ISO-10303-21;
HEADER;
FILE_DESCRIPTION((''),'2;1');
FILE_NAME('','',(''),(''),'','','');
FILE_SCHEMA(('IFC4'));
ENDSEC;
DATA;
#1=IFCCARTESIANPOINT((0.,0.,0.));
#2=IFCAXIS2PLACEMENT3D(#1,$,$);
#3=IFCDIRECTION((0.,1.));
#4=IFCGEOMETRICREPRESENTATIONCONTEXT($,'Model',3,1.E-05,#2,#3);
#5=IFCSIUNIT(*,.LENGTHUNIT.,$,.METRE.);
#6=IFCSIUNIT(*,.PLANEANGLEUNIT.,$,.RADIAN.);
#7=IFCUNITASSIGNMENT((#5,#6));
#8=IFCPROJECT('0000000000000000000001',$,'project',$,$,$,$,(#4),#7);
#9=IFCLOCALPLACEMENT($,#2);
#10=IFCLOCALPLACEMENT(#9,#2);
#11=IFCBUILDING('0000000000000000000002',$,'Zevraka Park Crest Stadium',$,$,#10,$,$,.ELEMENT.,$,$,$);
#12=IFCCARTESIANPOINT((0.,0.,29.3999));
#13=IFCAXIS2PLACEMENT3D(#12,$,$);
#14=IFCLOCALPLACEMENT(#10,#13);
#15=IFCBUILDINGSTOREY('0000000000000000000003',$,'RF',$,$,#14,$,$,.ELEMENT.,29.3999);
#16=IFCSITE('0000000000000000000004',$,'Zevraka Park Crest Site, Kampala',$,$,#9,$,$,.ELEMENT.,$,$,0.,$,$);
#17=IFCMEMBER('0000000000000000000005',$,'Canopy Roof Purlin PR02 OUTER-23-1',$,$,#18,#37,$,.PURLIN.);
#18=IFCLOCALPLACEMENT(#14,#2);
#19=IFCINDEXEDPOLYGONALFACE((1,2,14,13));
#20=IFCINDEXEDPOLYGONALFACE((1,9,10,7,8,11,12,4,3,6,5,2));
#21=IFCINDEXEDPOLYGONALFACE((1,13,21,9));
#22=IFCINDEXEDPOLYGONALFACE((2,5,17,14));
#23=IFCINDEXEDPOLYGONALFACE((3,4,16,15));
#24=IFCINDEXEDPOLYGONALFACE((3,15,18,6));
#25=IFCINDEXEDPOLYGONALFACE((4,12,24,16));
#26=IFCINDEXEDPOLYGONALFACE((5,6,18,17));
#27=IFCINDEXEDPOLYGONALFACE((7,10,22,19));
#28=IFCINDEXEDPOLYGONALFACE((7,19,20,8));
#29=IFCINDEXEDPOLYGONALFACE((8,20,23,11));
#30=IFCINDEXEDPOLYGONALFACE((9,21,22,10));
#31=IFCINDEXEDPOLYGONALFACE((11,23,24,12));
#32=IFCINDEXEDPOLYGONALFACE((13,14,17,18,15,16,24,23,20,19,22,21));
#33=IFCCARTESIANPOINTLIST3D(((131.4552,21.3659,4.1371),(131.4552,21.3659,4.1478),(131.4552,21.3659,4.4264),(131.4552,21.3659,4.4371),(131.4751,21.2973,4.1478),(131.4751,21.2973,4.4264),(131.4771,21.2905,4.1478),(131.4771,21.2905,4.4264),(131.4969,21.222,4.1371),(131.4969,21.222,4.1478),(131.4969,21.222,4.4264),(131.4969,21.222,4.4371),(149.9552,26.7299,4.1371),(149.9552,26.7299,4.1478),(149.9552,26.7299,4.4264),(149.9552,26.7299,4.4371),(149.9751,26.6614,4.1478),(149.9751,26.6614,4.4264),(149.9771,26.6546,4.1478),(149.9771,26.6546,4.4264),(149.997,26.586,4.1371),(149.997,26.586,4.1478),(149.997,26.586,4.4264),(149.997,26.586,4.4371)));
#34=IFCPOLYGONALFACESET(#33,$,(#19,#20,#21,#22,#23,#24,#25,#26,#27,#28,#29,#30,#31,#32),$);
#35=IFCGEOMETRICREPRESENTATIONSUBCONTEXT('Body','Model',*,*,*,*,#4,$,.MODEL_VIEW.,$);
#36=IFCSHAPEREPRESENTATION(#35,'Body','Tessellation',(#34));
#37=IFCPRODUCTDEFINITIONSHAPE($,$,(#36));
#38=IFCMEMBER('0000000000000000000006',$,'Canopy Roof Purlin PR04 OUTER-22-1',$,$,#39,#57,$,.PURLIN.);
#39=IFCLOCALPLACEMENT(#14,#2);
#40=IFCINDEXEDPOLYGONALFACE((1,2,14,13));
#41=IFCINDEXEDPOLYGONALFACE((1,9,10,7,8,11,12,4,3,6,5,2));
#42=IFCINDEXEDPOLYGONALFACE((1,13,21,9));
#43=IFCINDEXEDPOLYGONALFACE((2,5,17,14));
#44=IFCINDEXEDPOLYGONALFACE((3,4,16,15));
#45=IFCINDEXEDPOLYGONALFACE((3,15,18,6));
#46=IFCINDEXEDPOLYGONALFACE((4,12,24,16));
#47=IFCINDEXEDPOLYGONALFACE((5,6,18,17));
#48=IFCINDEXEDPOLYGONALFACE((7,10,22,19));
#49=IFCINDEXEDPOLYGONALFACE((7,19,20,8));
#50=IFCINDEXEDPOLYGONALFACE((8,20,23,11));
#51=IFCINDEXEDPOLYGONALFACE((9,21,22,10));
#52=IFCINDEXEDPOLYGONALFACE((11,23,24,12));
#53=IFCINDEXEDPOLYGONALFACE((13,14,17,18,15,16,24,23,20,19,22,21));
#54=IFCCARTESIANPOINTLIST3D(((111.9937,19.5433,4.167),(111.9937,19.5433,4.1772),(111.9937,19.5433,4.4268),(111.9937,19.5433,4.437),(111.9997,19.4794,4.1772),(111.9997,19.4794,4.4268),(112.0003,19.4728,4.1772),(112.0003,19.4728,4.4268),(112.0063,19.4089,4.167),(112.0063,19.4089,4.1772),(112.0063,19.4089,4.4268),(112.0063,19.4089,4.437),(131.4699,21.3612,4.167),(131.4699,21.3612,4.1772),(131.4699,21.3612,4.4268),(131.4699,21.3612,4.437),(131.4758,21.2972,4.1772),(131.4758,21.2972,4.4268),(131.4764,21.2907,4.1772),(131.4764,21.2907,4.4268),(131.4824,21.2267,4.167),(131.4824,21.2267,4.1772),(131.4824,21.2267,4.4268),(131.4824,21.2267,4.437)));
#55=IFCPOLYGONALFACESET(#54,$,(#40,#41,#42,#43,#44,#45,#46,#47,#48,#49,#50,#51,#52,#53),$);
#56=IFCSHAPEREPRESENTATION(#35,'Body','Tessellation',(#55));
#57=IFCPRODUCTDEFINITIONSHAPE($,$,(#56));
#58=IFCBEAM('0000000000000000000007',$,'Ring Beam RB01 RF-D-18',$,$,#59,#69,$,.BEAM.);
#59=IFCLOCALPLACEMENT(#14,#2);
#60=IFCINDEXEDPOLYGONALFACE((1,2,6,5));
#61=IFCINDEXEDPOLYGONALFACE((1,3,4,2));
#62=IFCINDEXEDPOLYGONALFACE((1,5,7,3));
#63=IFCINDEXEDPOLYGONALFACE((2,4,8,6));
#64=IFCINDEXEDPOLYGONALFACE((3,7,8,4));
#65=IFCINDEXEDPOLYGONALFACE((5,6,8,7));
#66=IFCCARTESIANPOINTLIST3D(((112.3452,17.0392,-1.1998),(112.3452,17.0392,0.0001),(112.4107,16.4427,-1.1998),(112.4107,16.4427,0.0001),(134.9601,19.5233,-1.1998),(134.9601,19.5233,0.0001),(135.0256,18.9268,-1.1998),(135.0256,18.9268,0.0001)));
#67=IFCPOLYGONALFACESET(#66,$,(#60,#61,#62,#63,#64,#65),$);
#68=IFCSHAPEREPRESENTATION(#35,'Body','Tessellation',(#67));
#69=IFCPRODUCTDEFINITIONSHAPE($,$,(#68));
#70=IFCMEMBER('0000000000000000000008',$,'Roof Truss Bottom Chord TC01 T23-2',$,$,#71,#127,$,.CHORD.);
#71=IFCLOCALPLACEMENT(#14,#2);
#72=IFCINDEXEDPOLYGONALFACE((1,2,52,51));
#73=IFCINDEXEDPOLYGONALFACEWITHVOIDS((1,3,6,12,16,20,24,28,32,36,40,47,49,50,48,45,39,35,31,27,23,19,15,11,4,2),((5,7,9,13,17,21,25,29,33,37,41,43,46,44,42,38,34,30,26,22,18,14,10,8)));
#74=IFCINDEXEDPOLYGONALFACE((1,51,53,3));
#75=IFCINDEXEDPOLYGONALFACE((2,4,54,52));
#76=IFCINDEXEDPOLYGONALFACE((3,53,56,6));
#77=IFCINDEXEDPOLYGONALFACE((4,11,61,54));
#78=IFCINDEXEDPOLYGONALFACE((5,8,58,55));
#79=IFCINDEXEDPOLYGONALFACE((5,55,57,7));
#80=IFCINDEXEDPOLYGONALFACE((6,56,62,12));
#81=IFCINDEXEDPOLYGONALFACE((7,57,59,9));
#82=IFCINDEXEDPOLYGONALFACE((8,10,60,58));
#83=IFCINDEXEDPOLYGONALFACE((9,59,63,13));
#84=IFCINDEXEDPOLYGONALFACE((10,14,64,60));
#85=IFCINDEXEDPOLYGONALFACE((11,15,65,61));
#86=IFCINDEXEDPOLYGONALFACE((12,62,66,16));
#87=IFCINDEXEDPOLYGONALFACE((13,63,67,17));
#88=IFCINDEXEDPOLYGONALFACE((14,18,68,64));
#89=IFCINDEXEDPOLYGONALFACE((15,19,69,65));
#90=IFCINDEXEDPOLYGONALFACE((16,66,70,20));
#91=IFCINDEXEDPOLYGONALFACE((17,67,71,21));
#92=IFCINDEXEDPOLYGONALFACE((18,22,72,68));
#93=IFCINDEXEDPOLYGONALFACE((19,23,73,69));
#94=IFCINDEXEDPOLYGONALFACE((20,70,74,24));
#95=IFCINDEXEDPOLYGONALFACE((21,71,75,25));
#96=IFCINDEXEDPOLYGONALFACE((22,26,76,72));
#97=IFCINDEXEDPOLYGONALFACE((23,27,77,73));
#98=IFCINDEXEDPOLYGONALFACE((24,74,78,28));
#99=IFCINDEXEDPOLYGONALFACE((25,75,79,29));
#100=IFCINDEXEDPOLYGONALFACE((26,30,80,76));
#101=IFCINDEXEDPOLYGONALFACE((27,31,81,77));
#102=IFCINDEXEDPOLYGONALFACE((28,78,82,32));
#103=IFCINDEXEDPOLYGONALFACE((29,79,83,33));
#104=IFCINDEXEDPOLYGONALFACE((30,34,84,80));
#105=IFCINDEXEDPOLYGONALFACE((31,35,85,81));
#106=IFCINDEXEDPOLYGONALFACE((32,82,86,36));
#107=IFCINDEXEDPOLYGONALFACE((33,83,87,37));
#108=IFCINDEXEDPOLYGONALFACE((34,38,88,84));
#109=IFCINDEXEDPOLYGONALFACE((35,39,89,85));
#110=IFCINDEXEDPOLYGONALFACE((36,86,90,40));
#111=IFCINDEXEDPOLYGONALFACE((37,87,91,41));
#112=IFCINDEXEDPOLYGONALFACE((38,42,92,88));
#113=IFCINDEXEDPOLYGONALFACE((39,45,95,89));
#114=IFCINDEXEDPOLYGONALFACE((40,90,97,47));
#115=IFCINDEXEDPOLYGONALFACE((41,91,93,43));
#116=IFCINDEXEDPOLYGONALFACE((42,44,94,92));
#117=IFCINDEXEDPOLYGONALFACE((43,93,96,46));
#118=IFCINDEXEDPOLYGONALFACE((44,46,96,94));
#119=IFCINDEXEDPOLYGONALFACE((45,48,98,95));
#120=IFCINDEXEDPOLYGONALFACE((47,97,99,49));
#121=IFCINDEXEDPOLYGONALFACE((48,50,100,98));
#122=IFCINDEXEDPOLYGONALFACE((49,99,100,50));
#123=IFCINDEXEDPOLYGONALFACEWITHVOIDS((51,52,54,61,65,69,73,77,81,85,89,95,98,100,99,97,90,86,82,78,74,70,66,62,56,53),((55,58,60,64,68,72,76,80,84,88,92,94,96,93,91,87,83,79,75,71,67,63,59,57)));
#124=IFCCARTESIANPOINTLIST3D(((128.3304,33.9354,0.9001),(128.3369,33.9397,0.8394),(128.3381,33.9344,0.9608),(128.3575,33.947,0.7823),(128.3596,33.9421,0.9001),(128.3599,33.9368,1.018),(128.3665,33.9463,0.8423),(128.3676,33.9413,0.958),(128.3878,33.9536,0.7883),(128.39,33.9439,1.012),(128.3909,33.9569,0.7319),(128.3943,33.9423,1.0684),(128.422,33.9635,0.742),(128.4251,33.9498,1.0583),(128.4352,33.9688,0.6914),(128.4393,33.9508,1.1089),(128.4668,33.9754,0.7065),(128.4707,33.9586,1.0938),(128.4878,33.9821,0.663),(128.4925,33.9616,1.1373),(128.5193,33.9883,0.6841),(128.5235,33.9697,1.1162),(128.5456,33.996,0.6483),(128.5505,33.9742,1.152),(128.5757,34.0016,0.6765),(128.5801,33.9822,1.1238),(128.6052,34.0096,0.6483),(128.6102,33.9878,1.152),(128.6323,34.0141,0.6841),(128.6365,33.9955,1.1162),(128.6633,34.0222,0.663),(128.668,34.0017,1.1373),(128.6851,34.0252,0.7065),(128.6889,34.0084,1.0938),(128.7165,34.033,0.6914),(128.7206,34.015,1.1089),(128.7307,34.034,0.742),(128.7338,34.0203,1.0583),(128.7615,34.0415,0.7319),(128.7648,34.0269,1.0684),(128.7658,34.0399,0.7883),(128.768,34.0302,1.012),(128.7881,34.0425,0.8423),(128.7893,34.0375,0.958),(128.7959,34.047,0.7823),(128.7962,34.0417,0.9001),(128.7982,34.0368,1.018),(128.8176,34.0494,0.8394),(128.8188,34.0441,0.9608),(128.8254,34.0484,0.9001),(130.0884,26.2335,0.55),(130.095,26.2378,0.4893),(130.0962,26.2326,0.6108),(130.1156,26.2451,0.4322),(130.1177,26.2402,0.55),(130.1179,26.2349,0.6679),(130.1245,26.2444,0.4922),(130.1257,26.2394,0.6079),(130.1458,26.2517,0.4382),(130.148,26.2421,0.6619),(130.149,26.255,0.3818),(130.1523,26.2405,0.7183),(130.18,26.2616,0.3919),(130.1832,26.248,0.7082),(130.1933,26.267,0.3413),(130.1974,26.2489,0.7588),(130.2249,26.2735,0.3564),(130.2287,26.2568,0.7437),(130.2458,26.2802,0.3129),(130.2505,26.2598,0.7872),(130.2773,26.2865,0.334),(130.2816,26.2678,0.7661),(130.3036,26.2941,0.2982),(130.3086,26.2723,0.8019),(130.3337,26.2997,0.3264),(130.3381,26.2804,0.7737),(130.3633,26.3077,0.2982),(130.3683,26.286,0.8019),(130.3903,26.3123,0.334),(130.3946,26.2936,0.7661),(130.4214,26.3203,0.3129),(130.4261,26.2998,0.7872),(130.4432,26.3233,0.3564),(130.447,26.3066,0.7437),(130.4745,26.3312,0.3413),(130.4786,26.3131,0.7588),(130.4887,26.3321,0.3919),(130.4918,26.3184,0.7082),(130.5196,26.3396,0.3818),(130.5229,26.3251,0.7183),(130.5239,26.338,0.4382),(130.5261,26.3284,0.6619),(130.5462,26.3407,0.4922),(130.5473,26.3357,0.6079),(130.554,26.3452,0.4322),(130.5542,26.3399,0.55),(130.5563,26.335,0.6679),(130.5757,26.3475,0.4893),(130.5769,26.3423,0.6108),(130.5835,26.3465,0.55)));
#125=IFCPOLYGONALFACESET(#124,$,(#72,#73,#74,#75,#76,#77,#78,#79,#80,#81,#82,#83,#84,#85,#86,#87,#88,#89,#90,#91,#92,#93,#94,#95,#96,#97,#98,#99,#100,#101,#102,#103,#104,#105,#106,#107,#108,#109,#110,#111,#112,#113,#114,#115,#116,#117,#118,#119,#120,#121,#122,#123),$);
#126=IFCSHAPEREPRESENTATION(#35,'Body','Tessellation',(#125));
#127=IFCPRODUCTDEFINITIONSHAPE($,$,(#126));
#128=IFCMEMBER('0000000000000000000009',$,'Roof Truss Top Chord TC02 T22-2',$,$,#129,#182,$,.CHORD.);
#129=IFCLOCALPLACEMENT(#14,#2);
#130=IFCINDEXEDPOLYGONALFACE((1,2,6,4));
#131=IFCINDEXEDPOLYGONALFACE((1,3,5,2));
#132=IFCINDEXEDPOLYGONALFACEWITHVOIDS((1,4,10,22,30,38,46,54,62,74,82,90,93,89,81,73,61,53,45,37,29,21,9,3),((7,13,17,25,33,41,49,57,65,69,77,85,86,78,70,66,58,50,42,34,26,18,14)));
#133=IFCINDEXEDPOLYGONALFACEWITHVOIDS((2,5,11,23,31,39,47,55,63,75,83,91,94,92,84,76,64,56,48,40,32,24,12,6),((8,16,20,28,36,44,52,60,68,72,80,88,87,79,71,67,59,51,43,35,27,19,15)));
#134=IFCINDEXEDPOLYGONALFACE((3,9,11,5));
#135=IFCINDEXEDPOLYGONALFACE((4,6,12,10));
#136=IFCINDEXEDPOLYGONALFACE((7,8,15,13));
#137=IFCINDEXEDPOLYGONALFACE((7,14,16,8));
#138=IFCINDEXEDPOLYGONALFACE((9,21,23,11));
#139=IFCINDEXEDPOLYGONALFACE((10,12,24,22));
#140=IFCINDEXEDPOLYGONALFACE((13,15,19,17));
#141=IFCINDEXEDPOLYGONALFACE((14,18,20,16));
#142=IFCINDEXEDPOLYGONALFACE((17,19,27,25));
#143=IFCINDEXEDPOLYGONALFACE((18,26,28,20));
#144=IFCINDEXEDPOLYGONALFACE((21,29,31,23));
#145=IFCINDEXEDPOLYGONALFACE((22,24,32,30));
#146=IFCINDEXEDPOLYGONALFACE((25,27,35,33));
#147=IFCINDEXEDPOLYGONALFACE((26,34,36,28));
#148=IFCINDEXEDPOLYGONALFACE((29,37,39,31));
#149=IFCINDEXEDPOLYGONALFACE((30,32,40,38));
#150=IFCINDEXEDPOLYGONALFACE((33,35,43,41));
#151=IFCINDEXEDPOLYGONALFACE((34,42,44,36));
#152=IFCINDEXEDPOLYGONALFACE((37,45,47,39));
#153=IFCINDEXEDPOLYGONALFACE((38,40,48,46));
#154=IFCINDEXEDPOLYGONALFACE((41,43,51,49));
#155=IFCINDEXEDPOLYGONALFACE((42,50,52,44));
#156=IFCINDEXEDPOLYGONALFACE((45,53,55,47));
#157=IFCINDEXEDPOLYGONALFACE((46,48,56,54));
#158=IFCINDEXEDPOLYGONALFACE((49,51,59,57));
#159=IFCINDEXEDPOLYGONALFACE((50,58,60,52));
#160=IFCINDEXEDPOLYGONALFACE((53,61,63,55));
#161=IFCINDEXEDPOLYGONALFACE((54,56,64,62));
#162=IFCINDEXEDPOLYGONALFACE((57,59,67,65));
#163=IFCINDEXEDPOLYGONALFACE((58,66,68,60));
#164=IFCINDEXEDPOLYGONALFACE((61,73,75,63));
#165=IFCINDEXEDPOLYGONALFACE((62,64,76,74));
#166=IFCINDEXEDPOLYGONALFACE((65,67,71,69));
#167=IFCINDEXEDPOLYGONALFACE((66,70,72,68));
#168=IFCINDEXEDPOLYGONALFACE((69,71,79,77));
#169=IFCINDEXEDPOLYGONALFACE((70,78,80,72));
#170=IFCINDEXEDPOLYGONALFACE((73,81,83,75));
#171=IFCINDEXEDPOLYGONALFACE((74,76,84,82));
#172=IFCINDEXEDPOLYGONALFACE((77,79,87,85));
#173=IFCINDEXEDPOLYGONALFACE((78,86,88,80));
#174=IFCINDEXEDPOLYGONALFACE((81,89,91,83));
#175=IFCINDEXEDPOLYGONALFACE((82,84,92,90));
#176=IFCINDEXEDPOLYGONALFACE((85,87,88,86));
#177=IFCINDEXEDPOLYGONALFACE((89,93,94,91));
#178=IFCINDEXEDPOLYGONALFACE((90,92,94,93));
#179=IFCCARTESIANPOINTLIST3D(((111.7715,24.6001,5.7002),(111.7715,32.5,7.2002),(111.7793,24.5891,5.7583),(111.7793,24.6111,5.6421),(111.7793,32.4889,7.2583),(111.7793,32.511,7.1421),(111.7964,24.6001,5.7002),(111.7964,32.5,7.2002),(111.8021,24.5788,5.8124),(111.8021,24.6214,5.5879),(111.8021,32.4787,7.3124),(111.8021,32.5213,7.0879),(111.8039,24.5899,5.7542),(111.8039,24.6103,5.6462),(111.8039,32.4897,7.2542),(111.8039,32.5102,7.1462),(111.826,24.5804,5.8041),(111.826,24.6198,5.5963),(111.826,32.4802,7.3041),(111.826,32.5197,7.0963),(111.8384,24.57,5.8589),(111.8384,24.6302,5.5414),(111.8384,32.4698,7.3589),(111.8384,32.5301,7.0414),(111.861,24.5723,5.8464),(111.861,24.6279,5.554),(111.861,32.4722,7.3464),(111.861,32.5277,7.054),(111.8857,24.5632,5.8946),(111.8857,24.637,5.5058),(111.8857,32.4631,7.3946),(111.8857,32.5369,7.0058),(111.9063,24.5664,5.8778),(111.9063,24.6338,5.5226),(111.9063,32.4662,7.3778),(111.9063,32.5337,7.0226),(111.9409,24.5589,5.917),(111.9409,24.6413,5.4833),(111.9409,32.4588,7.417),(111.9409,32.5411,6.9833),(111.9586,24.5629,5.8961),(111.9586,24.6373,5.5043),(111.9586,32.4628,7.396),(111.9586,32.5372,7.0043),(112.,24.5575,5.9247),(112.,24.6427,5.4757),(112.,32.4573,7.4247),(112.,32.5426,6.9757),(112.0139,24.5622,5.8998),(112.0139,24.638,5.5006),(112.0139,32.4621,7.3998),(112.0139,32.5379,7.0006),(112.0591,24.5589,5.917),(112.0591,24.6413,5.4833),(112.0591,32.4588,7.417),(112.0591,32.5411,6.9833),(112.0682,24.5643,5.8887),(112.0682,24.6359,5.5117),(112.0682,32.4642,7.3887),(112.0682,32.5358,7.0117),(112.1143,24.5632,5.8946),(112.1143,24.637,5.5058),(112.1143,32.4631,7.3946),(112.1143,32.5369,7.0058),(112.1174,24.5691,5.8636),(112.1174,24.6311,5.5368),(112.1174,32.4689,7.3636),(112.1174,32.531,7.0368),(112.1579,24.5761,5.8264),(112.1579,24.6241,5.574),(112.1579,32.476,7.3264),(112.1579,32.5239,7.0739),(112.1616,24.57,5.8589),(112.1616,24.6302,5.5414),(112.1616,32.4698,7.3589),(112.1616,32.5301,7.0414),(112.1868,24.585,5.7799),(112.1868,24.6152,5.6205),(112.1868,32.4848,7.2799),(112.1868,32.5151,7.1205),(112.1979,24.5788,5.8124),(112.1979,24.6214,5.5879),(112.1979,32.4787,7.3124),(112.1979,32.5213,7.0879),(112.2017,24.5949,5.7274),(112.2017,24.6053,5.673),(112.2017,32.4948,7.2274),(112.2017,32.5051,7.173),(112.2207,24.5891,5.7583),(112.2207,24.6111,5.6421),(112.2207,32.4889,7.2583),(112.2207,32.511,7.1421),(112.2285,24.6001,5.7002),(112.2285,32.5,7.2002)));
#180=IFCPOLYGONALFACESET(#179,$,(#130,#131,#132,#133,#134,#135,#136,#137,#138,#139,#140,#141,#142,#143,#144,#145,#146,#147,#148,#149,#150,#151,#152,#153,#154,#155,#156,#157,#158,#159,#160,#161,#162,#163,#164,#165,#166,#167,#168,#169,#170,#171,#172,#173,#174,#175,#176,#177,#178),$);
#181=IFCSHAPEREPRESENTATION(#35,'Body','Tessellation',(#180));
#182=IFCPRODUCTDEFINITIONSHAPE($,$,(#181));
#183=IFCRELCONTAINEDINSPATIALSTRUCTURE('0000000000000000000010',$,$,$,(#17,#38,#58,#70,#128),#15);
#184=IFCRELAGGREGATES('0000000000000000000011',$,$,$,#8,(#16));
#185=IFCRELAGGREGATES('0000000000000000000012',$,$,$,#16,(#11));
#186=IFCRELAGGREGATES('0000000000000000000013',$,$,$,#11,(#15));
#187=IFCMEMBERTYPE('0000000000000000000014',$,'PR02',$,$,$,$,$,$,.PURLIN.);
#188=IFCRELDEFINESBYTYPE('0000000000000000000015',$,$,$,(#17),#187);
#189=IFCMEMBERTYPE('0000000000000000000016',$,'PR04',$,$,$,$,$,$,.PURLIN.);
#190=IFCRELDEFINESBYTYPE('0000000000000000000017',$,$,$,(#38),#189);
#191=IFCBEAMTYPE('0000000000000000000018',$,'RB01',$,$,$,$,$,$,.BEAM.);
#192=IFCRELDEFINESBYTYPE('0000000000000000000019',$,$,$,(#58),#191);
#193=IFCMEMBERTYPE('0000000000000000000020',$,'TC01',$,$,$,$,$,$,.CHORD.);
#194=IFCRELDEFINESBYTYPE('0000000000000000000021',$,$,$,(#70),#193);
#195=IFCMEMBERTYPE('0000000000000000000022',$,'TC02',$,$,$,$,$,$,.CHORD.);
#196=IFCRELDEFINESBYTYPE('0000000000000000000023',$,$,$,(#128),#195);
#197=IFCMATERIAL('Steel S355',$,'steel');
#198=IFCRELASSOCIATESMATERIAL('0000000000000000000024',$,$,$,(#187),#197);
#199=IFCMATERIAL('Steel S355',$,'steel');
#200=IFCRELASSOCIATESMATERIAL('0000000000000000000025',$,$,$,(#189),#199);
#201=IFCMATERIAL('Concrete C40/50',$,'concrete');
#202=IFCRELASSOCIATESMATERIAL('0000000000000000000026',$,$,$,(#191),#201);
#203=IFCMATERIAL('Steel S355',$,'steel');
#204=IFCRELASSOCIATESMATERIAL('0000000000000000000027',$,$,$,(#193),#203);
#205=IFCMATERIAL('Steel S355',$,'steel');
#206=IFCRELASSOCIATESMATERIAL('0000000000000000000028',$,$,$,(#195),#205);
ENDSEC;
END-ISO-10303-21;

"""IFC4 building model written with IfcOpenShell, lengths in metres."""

from ifc_helpers import new_model, si_unit, direction, frame, origin, origin_2d, place, context, subcontext, project, spatial, rectangle, hollow_circle, i_section, extrude, material, material_profile, profile_set, type_object, element, save


model = new_model("IFC4")

# Units and contexts
model_context = context("Model", 3, precision=1e-05, world=origin(), true_north=direction((0.0, 1.0)))
body_context = subcontext(model_context, "Body", "Model", "MODEL_VIEW")
ifc_project = project(units=[si_unit("LENGTHUNIT", "METRE"), si_unit("PLANEANGLEUNIT", "RADIAN")], contexts=[model_context])

# Site, building, storey
site_placement = place(None, origin())
site = spatial("IfcSite", under=ifc_project, at=site_placement, Name="Zevraka Park Crest Site, Kampala", CompositionType="ELEMENT", RefElevation=0.0)
building_placement = place(site_placement, origin())
building = spatial("IfcBuilding", under=site, at=building_placement, Name="Zevraka Park Crest Stadium", CompositionType="ELEMENT")
storey_placement = place(building_placement, frame((0.0, 0.0, 29.3999)))
storey = spatial("IfcBuildingStorey", under=building, at=storey_placement, Name="RF", CompositionType="ELEMENT", Elevation=29.3999)

# Members
ifc_material_1 = material(Name="Steel S355", Category="steel")
ifc_material_profile_1 = material_profile(ifc_material_1, i_section(OverallWidth=0.1499, OverallDepth=0.3, WebThickness=0.0071, FlangeThickness=0.0107, at=origin_2d()), Name="IPE 300")
ifc_profile_set_1 = profile_set([ifc_material_profile_1], Name="Steel S355")
member_type_1 = type_object("IfcMemberType", Name="PR02", PredefinedType="PURLIN", material=ifc_profile_set_1)
member_1_placement = place(storey_placement, frame((131.4761, 21.2939, 4.2871), z_axis=(0.960443, 0.278477, 0.0), x_axis=(-0.278477, 0.960443, 0.0)))
element("IfcMember", 1, at=member_1_placement, inside=storey, type_object=member_type_1, Name="Canopy Roof Purlin PR02 OUTER-23-1", PredefinedType="PURLIN", context=body_context, shape_type="SweptSolid", body=[
    extrude(i_section(OverallWidth=0.1499, OverallDepth=0.3, WebThickness=0.0071, FlangeThickness=0.0107, at=origin_2d()), origin(), (0.0, 0.0, 1.0), 19.262),
])
ifc_material_2 = material(Name="Steel S355", Category="steel")
ifc_material_profile_2 = material_profile(ifc_material_2, i_section(OverallWidth=0.135, OverallDepth=0.27, WebThickness=0.0066, FlangeThickness=0.0103, at=origin_2d()), Name="IPE 270")
ifc_profile_set_2 = profile_set([ifc_material_profile_2], Name="Steel S355")
member_type_2 = type_object("IfcMemberType", Name="PR04", PredefinedType="PURLIN", material=ifc_profile_set_2)
member_2_placement = place(storey_placement, frame((112.0, 19.4761, 4.302), z_axis=(0.995672, 0.092935, 0.0), x_axis=(-0.092935, 0.995672, 0.0)))
element("IfcMember", 2, at=member_2_placement, inside=storey, type_object=member_type_2, Name="Canopy Roof Purlin PR04 OUTER-22-1", PredefinedType="PURLIN", context=body_context, shape_type="SweptSolid", body=[
    extrude(i_section(OverallWidth=0.135, OverallDepth=0.27, WebThickness=0.0066, FlangeThickness=0.0103, at=origin_2d()), origin(), (0.0, 0.0, 1.0), 19.5608),
])

# Beam
ifc_material_3 = material(Name="Concrete C40/50", Category="concrete")
ifc_material_profile_3 = material_profile(ifc_material_3, rectangle(XDim=0.6001, YDim=1.2, at=origin_2d()), Name="RC 1200x600")
ifc_profile_set_3 = profile_set([ifc_material_profile_3], Name="Concrete C40/50")
beam_type = type_object("IfcBeamType", Name="RB01", PredefinedType="BEAM", material=ifc_profile_set_3)
beam_placement = place(storey_placement, frame((112.3779, 16.741, -0.5999), z_axis=(0.994021, 0.109188, 0.0), x_axis=(-0.109188, 0.994021, 0.0)))
element("IfcBeam", 3, at=beam_placement, inside=storey, type_object=beam_type, Name="Ring Beam RB01 RF-D-18", PredefinedType="BEAM", context=body_context, shape_type="SweptSolid", body=[
    extrude(rectangle(XDim=0.6001, YDim=1.2, at=origin_2d()), origin(), (0.0, 0.0, 1.0), 22.751),
])

# Members
ifc_material_4 = material(Name="Steel S355", Category="steel")
ifc_material_profile_4 = material_profile(ifc_material_4, hollow_circle(Radius=0.2539, WallThickness=0.03, at=origin_2d()), Name="CHS 508.0x30")
ifc_profile_set_4 = profile_set([ifc_material_profile_4], Name="Steel S355")
member_type_3 = type_object("IfcMemberType", Name="TC01", PredefinedType="CHORD", material=ifc_profile_set_4)
member_3_placement = place(storey_placement, frame((130.3359, 26.29, 0.55), z_axis=(-0.22232, 0.973968, 0.044273), x_axis=(-0.974924, -0.222539, 0.0)))
element("IfcMember", 4, at=member_3_placement, inside=storey, type_object=member_type_3, Name="Roof Truss Bottom Chord TC01 T23-2", PredefinedType="CHORD", context=body_context, shape_type="SweptSolid", body=[
    extrude(hollow_circle(Radius=0.2539, WallThickness=0.03, at=origin_2d()), origin(), (0.0, 0.0, 1.0), 7.9077),
])
ifc_material_5 = material(Name="Steel S355", Category="steel")
ifc_material_profile_5 = material_profile(ifc_material_5, hollow_circle(Radius=0.2285, WallThickness=0.0249, at=origin_2d()), Name="CHS 457.0x25")
ifc_profile_set_5 = profile_set([ifc_material_profile_5], Name="Steel S355")
member_type_4 = type_object("IfcMemberType", Name="TC02", PredefinedType="CHORD", material=ifc_profile_set_5)
member_4_placement = place(storey_placement, frame((112.0, 24.6001, 5.7002), z_axis=(0.0, 0.982447, 0.186543), x_axis=(-1.0, 0.0, 0.0)))
element("IfcMember", 5, at=member_4_placement, inside=storey, type_object=member_type_4, Name="Roof Truss Top Chord TC02 T22-2", PredefinedType="CHORD", context=body_context, shape_type="SweptSolid", body=[
    extrude(hollow_circle(Radius=0.2285, WallThickness=0.0249, at=origin_2d()), origin(), (0.0, 0.0, 1.0), 8.041),
])

save(model, "model.ifc")
